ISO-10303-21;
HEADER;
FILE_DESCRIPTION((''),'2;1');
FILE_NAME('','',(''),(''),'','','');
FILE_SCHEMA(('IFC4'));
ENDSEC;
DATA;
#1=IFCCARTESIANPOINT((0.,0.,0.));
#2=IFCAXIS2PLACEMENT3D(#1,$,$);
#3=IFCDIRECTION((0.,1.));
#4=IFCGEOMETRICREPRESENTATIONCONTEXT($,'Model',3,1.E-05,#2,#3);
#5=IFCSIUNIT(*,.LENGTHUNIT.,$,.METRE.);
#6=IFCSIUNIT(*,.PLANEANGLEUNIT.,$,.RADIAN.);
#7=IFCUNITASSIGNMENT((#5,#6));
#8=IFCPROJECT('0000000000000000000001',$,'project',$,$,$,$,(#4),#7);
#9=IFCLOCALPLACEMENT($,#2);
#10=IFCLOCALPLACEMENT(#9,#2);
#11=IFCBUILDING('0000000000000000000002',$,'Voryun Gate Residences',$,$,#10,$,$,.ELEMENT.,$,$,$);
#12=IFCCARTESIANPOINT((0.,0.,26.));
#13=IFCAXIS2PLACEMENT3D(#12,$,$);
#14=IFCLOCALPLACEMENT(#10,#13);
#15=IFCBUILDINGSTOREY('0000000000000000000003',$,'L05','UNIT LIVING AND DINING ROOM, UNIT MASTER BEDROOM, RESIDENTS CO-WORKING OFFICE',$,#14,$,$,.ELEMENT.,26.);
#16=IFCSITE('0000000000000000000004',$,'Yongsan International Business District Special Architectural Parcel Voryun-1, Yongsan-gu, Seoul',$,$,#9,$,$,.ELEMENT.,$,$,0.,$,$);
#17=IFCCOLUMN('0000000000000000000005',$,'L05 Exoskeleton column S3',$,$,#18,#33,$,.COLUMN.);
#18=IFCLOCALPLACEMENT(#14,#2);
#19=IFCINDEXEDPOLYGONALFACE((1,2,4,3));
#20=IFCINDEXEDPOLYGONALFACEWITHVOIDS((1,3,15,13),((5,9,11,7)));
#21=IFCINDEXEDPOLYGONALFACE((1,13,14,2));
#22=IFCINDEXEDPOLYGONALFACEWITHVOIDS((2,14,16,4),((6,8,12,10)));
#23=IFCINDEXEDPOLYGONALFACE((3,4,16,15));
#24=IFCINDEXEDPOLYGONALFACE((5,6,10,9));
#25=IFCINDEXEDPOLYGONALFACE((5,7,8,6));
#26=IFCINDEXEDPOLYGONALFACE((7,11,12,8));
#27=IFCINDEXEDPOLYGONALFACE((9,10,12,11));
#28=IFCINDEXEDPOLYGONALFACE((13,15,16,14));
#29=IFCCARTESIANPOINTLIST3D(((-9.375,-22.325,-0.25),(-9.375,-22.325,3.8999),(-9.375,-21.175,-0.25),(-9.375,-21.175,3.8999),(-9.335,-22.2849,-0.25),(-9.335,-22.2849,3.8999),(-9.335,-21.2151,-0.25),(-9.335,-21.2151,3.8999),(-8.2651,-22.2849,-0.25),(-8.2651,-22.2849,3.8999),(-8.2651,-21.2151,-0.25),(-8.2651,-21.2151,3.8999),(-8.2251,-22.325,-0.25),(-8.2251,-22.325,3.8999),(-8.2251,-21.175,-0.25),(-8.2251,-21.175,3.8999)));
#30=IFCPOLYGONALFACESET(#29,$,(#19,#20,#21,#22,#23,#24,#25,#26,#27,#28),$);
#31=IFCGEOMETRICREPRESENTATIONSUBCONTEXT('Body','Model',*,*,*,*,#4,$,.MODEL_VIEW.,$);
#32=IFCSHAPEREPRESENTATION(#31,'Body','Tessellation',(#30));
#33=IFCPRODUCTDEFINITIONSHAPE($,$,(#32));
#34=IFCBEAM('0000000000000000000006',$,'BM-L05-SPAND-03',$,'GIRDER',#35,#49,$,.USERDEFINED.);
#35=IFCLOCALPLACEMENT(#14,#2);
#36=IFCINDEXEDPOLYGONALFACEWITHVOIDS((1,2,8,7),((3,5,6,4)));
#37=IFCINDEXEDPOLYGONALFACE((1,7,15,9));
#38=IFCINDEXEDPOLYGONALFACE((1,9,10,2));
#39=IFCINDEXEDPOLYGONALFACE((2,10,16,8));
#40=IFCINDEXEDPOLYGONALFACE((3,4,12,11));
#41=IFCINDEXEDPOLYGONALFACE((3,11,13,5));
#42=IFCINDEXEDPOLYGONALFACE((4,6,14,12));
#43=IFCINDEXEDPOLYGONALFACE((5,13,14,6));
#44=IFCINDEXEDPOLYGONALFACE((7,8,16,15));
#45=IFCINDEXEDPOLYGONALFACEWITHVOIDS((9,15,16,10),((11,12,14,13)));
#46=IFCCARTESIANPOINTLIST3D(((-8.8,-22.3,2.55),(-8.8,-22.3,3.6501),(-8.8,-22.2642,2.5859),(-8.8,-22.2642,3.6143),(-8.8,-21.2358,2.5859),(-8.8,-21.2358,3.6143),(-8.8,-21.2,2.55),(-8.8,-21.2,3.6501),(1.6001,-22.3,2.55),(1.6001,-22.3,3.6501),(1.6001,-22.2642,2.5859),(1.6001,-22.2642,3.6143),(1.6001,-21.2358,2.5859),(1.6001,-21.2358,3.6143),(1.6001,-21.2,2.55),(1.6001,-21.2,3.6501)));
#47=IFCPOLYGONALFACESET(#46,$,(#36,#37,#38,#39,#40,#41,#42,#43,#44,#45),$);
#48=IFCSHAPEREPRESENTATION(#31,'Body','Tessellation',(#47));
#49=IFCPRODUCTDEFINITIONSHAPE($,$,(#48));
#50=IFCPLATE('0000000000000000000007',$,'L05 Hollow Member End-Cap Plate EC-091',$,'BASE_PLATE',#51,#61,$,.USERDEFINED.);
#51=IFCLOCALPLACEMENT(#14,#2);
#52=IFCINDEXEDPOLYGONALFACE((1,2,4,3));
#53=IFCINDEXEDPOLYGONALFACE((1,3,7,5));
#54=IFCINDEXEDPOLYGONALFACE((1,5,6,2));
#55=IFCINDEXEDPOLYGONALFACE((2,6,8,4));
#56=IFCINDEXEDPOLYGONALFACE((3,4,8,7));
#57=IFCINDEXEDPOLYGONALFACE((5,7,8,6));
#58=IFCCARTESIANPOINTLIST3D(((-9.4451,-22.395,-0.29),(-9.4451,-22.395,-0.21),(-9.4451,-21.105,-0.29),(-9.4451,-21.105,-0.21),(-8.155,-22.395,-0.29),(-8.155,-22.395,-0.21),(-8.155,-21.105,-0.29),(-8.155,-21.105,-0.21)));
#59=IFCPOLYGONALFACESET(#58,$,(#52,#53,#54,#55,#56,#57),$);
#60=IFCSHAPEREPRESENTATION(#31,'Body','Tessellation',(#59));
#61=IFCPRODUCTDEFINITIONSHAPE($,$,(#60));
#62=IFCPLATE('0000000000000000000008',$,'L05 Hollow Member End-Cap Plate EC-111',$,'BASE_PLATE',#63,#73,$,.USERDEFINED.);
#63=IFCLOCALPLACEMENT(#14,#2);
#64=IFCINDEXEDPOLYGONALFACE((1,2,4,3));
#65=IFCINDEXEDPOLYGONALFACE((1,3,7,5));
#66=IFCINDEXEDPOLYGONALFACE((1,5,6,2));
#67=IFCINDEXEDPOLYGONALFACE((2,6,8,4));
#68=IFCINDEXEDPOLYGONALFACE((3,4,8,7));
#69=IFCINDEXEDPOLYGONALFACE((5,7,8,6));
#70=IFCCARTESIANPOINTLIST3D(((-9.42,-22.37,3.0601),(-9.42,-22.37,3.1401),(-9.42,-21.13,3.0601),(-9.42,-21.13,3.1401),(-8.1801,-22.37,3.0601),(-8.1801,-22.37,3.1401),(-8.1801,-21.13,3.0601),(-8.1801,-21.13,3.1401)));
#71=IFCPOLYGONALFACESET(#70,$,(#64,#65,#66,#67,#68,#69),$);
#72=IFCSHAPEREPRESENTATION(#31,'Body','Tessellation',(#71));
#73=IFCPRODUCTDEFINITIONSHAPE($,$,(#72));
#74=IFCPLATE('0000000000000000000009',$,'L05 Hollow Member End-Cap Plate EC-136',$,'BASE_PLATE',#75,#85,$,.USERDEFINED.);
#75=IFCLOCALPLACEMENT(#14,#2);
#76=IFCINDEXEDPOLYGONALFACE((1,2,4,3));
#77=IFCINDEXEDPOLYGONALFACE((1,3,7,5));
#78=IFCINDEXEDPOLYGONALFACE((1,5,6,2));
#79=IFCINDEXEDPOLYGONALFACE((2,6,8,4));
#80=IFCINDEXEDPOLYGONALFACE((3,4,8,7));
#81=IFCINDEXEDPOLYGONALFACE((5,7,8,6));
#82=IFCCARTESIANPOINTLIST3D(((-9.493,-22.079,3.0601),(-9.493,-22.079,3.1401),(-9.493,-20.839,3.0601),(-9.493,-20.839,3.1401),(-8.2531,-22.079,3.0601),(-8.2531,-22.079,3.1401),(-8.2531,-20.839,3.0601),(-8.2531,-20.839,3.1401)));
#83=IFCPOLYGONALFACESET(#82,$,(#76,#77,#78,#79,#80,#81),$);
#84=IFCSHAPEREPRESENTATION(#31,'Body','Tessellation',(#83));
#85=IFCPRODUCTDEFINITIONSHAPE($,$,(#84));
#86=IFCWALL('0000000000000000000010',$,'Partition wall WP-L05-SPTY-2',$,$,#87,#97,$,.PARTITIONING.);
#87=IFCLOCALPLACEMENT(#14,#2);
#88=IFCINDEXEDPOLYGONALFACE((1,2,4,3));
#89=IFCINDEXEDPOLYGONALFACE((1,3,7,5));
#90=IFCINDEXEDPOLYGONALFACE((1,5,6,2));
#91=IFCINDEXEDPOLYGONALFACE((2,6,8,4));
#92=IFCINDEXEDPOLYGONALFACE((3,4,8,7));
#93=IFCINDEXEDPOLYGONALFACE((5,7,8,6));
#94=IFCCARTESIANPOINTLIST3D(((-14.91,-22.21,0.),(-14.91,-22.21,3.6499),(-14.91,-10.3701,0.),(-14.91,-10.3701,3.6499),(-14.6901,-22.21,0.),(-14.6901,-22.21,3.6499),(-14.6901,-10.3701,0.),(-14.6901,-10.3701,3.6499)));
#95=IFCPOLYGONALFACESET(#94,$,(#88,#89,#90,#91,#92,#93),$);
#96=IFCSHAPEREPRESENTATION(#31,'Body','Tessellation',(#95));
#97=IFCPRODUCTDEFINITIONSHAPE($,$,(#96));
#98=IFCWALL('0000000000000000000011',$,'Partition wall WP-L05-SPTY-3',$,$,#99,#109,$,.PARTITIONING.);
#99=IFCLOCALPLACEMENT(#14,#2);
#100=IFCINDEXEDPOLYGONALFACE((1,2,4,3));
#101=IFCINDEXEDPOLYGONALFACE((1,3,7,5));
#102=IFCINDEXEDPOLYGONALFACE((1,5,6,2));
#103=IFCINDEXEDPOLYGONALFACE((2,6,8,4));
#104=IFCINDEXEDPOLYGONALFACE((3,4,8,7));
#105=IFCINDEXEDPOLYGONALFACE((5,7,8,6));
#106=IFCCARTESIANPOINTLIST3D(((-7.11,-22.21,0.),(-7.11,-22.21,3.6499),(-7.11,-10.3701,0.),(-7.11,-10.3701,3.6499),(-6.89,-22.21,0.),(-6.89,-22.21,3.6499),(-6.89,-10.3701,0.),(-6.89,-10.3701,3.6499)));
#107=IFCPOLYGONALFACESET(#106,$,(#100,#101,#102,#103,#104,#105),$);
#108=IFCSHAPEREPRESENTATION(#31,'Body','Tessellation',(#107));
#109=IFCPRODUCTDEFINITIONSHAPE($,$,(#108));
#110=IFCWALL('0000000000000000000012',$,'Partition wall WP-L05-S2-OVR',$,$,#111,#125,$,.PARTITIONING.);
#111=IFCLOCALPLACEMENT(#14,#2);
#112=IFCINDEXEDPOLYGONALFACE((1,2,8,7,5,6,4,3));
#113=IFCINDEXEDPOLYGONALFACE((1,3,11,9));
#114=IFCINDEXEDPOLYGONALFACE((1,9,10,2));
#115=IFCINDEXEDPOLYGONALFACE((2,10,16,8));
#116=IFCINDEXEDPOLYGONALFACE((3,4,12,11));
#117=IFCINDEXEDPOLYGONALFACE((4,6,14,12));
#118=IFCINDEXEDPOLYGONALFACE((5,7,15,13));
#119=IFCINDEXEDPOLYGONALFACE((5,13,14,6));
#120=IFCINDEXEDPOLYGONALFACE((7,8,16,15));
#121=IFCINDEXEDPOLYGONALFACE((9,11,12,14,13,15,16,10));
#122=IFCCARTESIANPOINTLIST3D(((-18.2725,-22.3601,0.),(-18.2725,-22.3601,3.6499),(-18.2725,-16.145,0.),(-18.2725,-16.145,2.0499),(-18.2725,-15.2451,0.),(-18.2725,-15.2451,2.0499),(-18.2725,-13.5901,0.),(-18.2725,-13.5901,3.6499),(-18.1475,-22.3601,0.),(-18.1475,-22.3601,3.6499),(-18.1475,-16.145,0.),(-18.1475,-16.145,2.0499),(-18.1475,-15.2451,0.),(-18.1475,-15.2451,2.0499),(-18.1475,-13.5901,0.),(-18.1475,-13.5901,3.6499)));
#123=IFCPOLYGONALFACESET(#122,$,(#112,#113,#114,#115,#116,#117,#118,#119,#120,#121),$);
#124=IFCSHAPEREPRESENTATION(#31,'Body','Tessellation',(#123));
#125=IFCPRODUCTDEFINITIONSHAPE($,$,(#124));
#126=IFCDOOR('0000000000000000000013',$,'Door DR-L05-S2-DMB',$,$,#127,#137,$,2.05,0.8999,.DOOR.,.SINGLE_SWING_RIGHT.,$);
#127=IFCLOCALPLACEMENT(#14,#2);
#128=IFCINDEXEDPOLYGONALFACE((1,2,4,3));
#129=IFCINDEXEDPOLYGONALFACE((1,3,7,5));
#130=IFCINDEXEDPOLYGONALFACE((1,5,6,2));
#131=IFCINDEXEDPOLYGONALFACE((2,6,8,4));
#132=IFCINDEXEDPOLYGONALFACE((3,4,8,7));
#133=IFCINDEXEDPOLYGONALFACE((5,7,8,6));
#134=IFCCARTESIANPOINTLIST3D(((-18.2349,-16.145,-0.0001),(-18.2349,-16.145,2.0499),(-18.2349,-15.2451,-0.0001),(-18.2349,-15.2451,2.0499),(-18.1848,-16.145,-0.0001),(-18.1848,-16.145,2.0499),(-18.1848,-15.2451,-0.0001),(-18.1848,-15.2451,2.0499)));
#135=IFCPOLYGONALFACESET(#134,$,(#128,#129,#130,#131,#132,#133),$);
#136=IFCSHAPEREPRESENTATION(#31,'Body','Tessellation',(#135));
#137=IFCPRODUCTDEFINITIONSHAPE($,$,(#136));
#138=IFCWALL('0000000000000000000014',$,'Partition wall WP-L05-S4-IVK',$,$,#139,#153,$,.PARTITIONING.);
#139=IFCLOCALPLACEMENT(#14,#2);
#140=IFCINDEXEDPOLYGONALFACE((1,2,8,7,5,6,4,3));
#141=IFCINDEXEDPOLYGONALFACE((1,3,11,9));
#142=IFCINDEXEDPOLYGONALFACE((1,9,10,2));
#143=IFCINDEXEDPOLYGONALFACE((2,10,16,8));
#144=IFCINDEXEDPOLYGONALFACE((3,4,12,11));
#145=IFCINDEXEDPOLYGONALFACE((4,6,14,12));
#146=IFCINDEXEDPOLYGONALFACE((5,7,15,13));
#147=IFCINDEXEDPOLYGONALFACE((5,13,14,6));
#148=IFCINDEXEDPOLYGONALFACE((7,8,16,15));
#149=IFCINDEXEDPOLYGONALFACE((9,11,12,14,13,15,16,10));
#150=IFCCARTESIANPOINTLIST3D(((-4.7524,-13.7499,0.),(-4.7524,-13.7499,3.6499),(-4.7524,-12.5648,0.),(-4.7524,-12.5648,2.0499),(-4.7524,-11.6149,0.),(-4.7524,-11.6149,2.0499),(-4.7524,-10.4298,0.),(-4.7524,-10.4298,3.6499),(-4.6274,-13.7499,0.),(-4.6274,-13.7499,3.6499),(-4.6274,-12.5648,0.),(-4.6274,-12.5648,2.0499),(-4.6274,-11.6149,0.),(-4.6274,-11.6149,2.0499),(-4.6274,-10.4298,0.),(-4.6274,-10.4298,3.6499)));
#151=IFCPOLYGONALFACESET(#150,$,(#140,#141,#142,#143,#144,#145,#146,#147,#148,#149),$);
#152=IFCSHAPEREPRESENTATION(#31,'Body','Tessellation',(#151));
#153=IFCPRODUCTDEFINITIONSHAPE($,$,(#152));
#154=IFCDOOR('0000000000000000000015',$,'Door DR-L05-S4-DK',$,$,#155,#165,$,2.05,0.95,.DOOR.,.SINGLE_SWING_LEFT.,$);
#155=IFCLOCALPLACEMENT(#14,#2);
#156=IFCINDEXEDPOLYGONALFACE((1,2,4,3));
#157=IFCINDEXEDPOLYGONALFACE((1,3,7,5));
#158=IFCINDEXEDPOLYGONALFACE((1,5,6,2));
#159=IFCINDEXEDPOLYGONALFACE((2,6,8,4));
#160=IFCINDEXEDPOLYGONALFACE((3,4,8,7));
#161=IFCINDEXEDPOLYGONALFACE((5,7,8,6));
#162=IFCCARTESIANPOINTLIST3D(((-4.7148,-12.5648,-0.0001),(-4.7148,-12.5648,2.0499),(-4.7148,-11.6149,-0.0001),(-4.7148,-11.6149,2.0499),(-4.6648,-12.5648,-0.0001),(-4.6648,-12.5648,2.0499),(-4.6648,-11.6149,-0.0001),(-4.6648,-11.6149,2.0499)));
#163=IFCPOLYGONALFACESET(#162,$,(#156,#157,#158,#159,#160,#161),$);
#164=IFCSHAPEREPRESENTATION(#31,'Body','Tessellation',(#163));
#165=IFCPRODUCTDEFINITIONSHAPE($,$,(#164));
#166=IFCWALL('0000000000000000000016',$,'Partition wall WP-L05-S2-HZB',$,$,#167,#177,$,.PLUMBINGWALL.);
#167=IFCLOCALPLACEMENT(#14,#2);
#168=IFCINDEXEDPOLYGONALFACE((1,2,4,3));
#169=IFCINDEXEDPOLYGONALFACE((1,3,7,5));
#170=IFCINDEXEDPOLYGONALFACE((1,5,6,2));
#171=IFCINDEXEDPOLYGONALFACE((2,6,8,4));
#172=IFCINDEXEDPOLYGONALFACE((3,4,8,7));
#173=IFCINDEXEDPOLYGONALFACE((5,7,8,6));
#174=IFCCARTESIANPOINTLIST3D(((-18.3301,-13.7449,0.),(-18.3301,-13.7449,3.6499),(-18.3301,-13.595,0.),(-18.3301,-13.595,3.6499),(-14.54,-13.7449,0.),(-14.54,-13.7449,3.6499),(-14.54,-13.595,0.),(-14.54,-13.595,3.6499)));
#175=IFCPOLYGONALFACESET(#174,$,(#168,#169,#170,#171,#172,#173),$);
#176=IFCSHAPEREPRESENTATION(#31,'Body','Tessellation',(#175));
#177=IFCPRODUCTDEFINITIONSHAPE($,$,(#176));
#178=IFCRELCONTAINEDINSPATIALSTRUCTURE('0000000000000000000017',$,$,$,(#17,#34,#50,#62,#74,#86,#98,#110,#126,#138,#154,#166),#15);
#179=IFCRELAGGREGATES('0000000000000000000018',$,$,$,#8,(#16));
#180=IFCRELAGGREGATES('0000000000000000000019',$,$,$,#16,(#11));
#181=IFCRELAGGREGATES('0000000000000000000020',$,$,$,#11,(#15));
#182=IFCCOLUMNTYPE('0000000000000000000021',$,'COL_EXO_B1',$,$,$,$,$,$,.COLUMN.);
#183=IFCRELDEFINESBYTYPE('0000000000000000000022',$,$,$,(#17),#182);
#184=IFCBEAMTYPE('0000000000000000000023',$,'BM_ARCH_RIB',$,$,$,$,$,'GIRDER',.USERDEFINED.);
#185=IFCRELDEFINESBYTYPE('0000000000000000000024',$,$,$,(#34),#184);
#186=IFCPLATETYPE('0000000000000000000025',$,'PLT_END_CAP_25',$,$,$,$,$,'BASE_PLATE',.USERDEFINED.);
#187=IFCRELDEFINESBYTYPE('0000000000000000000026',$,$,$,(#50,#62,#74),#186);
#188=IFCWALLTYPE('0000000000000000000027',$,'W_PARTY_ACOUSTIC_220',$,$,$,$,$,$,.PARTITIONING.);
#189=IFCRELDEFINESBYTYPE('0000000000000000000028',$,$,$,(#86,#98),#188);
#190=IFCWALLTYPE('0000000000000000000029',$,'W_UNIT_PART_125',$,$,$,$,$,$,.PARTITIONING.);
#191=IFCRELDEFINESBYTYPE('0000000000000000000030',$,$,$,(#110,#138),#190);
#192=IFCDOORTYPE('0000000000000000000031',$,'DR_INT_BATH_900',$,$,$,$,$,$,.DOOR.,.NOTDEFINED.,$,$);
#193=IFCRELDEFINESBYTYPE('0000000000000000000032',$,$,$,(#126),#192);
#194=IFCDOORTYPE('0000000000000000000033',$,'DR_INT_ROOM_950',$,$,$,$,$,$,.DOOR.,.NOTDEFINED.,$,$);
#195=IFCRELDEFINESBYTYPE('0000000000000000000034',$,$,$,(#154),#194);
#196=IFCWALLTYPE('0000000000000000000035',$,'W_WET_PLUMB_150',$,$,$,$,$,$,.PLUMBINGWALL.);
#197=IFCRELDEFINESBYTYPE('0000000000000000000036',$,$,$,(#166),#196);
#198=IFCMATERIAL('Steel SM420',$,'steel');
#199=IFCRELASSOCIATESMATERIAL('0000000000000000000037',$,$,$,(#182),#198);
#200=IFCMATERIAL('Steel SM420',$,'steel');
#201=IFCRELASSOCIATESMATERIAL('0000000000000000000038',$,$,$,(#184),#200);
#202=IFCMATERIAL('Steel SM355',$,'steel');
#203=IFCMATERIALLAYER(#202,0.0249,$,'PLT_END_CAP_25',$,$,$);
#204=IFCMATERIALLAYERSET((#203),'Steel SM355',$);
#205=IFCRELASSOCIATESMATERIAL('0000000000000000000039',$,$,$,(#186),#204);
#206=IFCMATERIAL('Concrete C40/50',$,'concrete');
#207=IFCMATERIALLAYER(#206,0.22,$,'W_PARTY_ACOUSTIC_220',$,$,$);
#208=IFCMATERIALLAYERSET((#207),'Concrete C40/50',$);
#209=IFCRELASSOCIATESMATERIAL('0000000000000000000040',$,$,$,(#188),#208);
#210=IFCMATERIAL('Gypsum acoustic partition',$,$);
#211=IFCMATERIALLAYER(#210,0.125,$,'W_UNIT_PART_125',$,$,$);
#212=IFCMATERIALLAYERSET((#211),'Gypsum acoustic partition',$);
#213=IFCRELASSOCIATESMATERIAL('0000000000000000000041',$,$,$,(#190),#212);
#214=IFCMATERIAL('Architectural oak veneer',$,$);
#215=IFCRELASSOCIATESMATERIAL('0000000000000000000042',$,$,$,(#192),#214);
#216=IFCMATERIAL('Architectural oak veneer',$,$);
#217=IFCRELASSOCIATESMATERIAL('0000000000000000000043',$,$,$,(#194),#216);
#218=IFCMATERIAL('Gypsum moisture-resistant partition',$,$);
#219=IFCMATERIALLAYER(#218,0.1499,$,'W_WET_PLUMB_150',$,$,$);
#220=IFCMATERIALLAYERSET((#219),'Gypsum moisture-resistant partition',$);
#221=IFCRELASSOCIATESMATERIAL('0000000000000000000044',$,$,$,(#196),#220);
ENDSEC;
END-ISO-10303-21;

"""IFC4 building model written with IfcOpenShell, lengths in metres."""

from ifc_helpers import new_model, si_unit, direction, frame, frame_2d, origin, origin_2d, place, context, subcontext, project, spatial, rectangle, hollow_rectangle, extrude, material, layer, layer_set, material_profile, profile_set, type_object, element, fill, save


model = new_model("IFC4")

# Units and contexts
model_context = context("Model", 3, precision=1e-05, world=origin(), true_north=direction((0.0, 1.0)))
body_context = subcontext(model_context, "Body", "Model", "MODEL_VIEW")
ifc_project = project(units=[si_unit("LENGTHUNIT", "METRE"), si_unit("PLANEANGLEUNIT", "RADIAN")], contexts=[model_context])

# Site, building, storey
site_placement = place(None, origin())
site = spatial("IfcSite", under=ifc_project, at=site_placement, Name="Yongsan International Business District Special Architectural Parcel Voryun-1, Yongsan-gu, Seoul", CompositionType="ELEMENT", RefElevation=0.0)
building_placement = place(site_placement, origin())
building = spatial("IfcBuilding", under=site, at=building_placement, Name="Voryun Gate Residences", CompositionType="ELEMENT")
storey_placement = place(building_placement, frame((0.0, 0.0, 26.0)))
storey = spatial("IfcBuildingStorey", under=building, at=storey_placement, Name="L05", Description="UNIT LIVING AND DINING ROOM, UNIT MASTER BEDROOM, RESIDENTS CO-WORKING OFFICE", CompositionType="ELEMENT", Elevation=26.0)

# Column
ifc_material_1 = material(Name="Steel SM420", Category="steel")
ifc_material_profile_1 = material_profile(ifc_material_1, hollow_rectangle(XDim=1.1499, YDim=1.1499, WallThickness=0.04, at=origin_2d()), Name="BOX-1150x1150x40")
ifc_profile_set_1 = profile_set([ifc_material_profile_1], Name="Steel SM420")
column_type = type_object("IfcColumnType", Name="COL_EXO_B1", PredefinedType="COLUMN", material=ifc_profile_set_1)
column_placement = place(storey_placement, frame((-8.8, -21.75, -0.25), z_axis=(0.0, 0.0, 1.0), x_axis=(1.0, 0.0, 0.0)))
element("IfcColumn", 1, at=column_placement, inside=storey, type_object=column_type, Name="L05 Exoskeleton column S3", PredefinedType="COLUMN", context=body_context, shape_type="SweptSolid", body=[
    extrude(hollow_rectangle(XDim=1.1499, YDim=1.1499, WallThickness=0.04, at=origin_2d()), origin(), (0.0, 0.0, 1.0), 4.1499),
])

# Beam
ifc_material_2 = material(Name="Steel SM420", Category="steel")
ifc_material_profile_2 = material_profile(ifc_material_2, hollow_rectangle(XDim=1.1001, YDim=1.1001, WallThickness=0.0359, at=origin_2d()), Name="BOX-1100x1100x36")
ifc_profile_set_2 = profile_set([ifc_material_profile_2], Name="Steel SM420")
beam_type = type_object("IfcBeamType", Name="BM_ARCH_RIB", ElementType="GIRDER", PredefinedType="USERDEFINED", material=ifc_profile_set_2)
beam_placement = place(storey_placement, frame((-8.8, -21.75, 3.1001), z_axis=(1.0, 0.0, 0.0), x_axis=(0.0, 1.0, 0.0)))
element("IfcBeam", 2, at=beam_placement, inside=storey, type_object=beam_type, Name="BM-L05-SPAND-03", ObjectType="GIRDER", PredefinedType="USERDEFINED", context=body_context, shape_type="SweptSolid", body=[
    extrude(hollow_rectangle(XDim=1.1001, YDim=1.1001, WallThickness=0.0359, at=origin_2d()), origin(), (0.0, 0.0, 1.0), 10.4001),
])

# Plates
ifc_material_3 = material(Name="Steel SM355", Category="steel")
ifc_layer_1 = layer(ifc_material_3, 0.0249, Name="PLT_END_CAP_25")
ifc_layer_set_1 = layer_set([ifc_layer_1], Name="Steel SM355")
plate_type = type_object("IfcPlateType", Name="PLT_END_CAP_25", ElementType="BASE_PLATE", PredefinedType="USERDEFINED", material=ifc_layer_set_1)
plate_placement = place(storey_placement, frame((-8.8, -21.75, -0.29), z_axis=(0.0, 0.0, 1.0), x_axis=(1.0, 0.0, 0.0)))
element("IfcPlate", 3, at=plate_placement, inside=storey, type_object=plate_type, Name="L05 Hollow Member End-Cap Plate EC-091", ObjectType="BASE_PLATE", PredefinedType="USERDEFINED", context=body_context, shape_type="SweptSolid", body=[
    extrude(rectangle(XDim=1.29, YDim=1.29, at=origin_2d()), origin(), (0.0, 0.0, 1.0), 0.0801),
])
for number, where, z_axis, x_axis, name in (
    (4, (-8.8, -21.75, 3.0601), (0.0, 0.0, 1.0), (1.0, 0.0, 0.0), "L05 Hollow Member End-Cap Plate EC-111"),
    (5, (-8.873, -21.459, 3.0601), (0.0, 0.0, 1.0), (1.0, 0.0, 0.0), "L05 Hollow Member End-Cap Plate EC-136"),
):
    element("IfcPlate", number, at=place(storey_placement, frame(where, z_axis=z_axis, x_axis=x_axis)), inside=storey, type_object=plate_type, Name=name, ObjectType="BASE_PLATE", PredefinedType="USERDEFINED", context=body_context, shape_type="SweptSolid", body=[
        extrude(rectangle(XDim=1.24, YDim=1.24, at=origin_2d()), origin(), (0.0, 0.0, 1.0), 0.0801),
    ])

# Walls
ifc_material_4 = material(Name="Concrete C40/50", Category="concrete")
ifc_layer_2 = layer(ifc_material_4, 0.22, Name="W_PARTY_ACOUSTIC_220")
ifc_layer_set_2 = layer_set([ifc_layer_2], Name="Concrete C40/50")
wall_type_1 = type_object("IfcWallType", Name="W_PARTY_ACOUSTIC_220", PredefinedType="PARTITIONING", material=ifc_layer_set_2)
for number, where, z_axis, x_axis, name in (
    (6, (-14.8, -22.21, 0.0), (0.0, 0.0, 1.0), (0.0, 1.0, 0.0), "Partition wall WP-L05-SPTY-2"),
    (7, (-7.0, -22.21, 0.0), (0.0, 0.0, 1.0), (0.0, 1.0, 0.0), "Partition wall WP-L05-SPTY-3"),
):
    element("IfcWall", number, at=place(storey_placement, frame(where, z_axis=z_axis, x_axis=x_axis)), inside=storey, type_object=wall_type_1, Name=name, PredefinedType="PARTITIONING", context=body_context, shape_type="SweptSolid", body=[
        extrude(rectangle(XDim=11.8398, YDim=0.22, at=frame_2d((5.9199, 0.0))), origin(), (0.0, 0.0, 1.0), 3.6499),
    ])

# Walls, openings, doors
ifc_material_5 = material(Name="Gypsum acoustic partition")
ifc_layer_3 = layer(ifc_material_5, 0.125, Name="W_UNIT_PART_125")
ifc_layer_set_3 = layer_set([ifc_layer_3], Name="Gypsum acoustic partition")
wall_type_2 = type_object("IfcWallType", Name="W_UNIT_PART_125", PredefinedType="PARTITIONING", material=ifc_layer_set_3)
wall_1_placement = place(storey_placement, frame((-18.21, -22.3601, 0.0), z_axis=(0.0, 0.0, 1.0), x_axis=(0.0, 1.0, 0.0)))
wall_1 = element("IfcWall", 8, at=wall_1_placement, inside=storey, type_object=wall_type_2, Name="Partition wall WP-L05-S2-OVR", PredefinedType="PARTITIONING", context=body_context, shape_type="SweptSolid", body=[
    extrude(rectangle(XDim=8.77, YDim=0.125, at=frame_2d((4.385, 0.0))), origin(), (0.0, 0.0, 1.0), 3.6499),
])
opening_1_placement = place(wall_1_placement, frame((6.2151, 0.0, 0.0)))
opening_1 = element("IfcOpeningElement", 9, at=opening_1_placement, cuts=wall_1, PredefinedType="OPENING", context=body_context, shape_type="SweptSolid", body=[
    extrude(rectangle(XDim=0.8999, YDim=2.05, at=frame_2d((0.45, 1.0249))), frame((0.0, 0.0725, 0.0), z_axis=(0.0, -1.0, 0.0), x_axis=(1.0, 0.0, 0.0)), (0.0, 0.0, 1.0), 0.145),
])
ifc_material_6 = material(Name="Architectural oak veneer")
door_type_1 = type_object("IfcDoorType", Name="DR_INT_BATH_900", OperationType="NOTDEFINED", PredefinedType="DOOR", material=ifc_material_6)
door_1_placement = place(opening_1_placement, origin())
door_1 = element("IfcDoor", 10, at=door_1_placement, inside=storey, type_object=door_type_1, Name="Door DR-L05-S2-DMB", OperationType="SINGLE_SWING_RIGHT", OverallHeight=2.05, OverallWidth=0.8999, PredefinedType="DOOR", context=body_context, shape_type="SweptSolid", body=[
    extrude(rectangle(XDim=0.8999, YDim=2.05, at=frame_2d((0.45, 1.0249))), frame((0.0, 0.0249, 0.0), z_axis=(0.0, -1.0, 0.0), x_axis=(1.0, 0.0, 0.0)), (0.0, 0.0, 1.0), 0.05),
])
fill(opening_1, door_1)
wall_2_placement = place(storey_placement, frame((-4.6899, -13.75, 0.0), z_axis=(0.0, 0.0, 1.0), x_axis=(0.0, 1.0, 0.0)))
wall_2 = element("IfcWall", 11, at=wall_2_placement, inside=storey, type_object=wall_type_2, Name="Partition wall WP-L05-S4-IVK", PredefinedType="PARTITIONING", context=body_context, shape_type="SweptSolid", body=[
    extrude(rectangle(XDim=3.3201, YDim=0.125, at=frame_2d((1.6602, 0.0))), origin(), (0.0, 0.0, 1.0), 3.6499),
])
opening_2_placement = place(wall_2_placement, frame((1.1851, 0.0, 0.0)))
opening_2 = element("IfcOpeningElement", 12, at=opening_2_placement, cuts=wall_2, PredefinedType="OPENING", context=body_context, shape_type="SweptSolid", body=[
    extrude(rectangle(XDim=0.95, YDim=2.05, at=frame_2d((0.4751, 1.0249))), frame((0.0, 0.0725, 0.0), z_axis=(0.0, -1.0, 0.0), x_axis=(1.0, 0.0, 0.0)), (0.0, 0.0, 1.0), 0.145),
])
ifc_material_7 = material(Name="Architectural oak veneer")
door_type_2 = type_object("IfcDoorType", Name="DR_INT_ROOM_950", OperationType="NOTDEFINED", PredefinedType="DOOR", material=ifc_material_7)
door_2_placement = place(opening_2_placement, origin())
door_2 = element("IfcDoor", 13, at=door_2_placement, inside=storey, type_object=door_type_2, Name="Door DR-L05-S4-DK", OperationType="SINGLE_SWING_LEFT", OverallHeight=2.05, OverallWidth=0.95, PredefinedType="DOOR", context=body_context, shape_type="SweptSolid", body=[
    extrude(rectangle(XDim=0.95, YDim=2.05, at=frame_2d((0.4751, 1.0249))), frame((0.0, 0.0249, 0.0), z_axis=(0.0, -1.0, 0.0), x_axis=(1.0, 0.0, 0.0)), (0.0, 0.0, 1.0), 0.05),
])
fill(opening_2, door_2)

# Wall
ifc_material_8 = material(Name="Gypsum moisture-resistant partition")
ifc_layer_4 = layer(ifc_material_8, 0.1499, Name="W_WET_PLUMB_150")
ifc_layer_set_4 = layer_set([ifc_layer_4], Name="Gypsum moisture-resistant partition")
wall_type_3 = type_object("IfcWallType", Name="W_WET_PLUMB_150", PredefinedType="PLUMBINGWALL", material=ifc_layer_set_4)
wall_3_placement = place(storey_placement, frame((-18.3301, -13.6699, 0.0), z_axis=(0.0, 0.0, 1.0), x_axis=(1.0, 0.0, 0.0)))
element("IfcWall", 14, at=wall_3_placement, inside=storey, type_object=wall_type_3, Name="Partition wall WP-L05-S2-HZB", PredefinedType="PLUMBINGWALL", context=body_context, shape_type="SweptSolid", body=[
    extrude(rectangle(XDim=3.79, YDim=0.1499, at=frame_2d((1.895, 0.0))), origin(), (0.0, 0.0, 1.0), 3.6499),
])

save(model, "model.ifc")
